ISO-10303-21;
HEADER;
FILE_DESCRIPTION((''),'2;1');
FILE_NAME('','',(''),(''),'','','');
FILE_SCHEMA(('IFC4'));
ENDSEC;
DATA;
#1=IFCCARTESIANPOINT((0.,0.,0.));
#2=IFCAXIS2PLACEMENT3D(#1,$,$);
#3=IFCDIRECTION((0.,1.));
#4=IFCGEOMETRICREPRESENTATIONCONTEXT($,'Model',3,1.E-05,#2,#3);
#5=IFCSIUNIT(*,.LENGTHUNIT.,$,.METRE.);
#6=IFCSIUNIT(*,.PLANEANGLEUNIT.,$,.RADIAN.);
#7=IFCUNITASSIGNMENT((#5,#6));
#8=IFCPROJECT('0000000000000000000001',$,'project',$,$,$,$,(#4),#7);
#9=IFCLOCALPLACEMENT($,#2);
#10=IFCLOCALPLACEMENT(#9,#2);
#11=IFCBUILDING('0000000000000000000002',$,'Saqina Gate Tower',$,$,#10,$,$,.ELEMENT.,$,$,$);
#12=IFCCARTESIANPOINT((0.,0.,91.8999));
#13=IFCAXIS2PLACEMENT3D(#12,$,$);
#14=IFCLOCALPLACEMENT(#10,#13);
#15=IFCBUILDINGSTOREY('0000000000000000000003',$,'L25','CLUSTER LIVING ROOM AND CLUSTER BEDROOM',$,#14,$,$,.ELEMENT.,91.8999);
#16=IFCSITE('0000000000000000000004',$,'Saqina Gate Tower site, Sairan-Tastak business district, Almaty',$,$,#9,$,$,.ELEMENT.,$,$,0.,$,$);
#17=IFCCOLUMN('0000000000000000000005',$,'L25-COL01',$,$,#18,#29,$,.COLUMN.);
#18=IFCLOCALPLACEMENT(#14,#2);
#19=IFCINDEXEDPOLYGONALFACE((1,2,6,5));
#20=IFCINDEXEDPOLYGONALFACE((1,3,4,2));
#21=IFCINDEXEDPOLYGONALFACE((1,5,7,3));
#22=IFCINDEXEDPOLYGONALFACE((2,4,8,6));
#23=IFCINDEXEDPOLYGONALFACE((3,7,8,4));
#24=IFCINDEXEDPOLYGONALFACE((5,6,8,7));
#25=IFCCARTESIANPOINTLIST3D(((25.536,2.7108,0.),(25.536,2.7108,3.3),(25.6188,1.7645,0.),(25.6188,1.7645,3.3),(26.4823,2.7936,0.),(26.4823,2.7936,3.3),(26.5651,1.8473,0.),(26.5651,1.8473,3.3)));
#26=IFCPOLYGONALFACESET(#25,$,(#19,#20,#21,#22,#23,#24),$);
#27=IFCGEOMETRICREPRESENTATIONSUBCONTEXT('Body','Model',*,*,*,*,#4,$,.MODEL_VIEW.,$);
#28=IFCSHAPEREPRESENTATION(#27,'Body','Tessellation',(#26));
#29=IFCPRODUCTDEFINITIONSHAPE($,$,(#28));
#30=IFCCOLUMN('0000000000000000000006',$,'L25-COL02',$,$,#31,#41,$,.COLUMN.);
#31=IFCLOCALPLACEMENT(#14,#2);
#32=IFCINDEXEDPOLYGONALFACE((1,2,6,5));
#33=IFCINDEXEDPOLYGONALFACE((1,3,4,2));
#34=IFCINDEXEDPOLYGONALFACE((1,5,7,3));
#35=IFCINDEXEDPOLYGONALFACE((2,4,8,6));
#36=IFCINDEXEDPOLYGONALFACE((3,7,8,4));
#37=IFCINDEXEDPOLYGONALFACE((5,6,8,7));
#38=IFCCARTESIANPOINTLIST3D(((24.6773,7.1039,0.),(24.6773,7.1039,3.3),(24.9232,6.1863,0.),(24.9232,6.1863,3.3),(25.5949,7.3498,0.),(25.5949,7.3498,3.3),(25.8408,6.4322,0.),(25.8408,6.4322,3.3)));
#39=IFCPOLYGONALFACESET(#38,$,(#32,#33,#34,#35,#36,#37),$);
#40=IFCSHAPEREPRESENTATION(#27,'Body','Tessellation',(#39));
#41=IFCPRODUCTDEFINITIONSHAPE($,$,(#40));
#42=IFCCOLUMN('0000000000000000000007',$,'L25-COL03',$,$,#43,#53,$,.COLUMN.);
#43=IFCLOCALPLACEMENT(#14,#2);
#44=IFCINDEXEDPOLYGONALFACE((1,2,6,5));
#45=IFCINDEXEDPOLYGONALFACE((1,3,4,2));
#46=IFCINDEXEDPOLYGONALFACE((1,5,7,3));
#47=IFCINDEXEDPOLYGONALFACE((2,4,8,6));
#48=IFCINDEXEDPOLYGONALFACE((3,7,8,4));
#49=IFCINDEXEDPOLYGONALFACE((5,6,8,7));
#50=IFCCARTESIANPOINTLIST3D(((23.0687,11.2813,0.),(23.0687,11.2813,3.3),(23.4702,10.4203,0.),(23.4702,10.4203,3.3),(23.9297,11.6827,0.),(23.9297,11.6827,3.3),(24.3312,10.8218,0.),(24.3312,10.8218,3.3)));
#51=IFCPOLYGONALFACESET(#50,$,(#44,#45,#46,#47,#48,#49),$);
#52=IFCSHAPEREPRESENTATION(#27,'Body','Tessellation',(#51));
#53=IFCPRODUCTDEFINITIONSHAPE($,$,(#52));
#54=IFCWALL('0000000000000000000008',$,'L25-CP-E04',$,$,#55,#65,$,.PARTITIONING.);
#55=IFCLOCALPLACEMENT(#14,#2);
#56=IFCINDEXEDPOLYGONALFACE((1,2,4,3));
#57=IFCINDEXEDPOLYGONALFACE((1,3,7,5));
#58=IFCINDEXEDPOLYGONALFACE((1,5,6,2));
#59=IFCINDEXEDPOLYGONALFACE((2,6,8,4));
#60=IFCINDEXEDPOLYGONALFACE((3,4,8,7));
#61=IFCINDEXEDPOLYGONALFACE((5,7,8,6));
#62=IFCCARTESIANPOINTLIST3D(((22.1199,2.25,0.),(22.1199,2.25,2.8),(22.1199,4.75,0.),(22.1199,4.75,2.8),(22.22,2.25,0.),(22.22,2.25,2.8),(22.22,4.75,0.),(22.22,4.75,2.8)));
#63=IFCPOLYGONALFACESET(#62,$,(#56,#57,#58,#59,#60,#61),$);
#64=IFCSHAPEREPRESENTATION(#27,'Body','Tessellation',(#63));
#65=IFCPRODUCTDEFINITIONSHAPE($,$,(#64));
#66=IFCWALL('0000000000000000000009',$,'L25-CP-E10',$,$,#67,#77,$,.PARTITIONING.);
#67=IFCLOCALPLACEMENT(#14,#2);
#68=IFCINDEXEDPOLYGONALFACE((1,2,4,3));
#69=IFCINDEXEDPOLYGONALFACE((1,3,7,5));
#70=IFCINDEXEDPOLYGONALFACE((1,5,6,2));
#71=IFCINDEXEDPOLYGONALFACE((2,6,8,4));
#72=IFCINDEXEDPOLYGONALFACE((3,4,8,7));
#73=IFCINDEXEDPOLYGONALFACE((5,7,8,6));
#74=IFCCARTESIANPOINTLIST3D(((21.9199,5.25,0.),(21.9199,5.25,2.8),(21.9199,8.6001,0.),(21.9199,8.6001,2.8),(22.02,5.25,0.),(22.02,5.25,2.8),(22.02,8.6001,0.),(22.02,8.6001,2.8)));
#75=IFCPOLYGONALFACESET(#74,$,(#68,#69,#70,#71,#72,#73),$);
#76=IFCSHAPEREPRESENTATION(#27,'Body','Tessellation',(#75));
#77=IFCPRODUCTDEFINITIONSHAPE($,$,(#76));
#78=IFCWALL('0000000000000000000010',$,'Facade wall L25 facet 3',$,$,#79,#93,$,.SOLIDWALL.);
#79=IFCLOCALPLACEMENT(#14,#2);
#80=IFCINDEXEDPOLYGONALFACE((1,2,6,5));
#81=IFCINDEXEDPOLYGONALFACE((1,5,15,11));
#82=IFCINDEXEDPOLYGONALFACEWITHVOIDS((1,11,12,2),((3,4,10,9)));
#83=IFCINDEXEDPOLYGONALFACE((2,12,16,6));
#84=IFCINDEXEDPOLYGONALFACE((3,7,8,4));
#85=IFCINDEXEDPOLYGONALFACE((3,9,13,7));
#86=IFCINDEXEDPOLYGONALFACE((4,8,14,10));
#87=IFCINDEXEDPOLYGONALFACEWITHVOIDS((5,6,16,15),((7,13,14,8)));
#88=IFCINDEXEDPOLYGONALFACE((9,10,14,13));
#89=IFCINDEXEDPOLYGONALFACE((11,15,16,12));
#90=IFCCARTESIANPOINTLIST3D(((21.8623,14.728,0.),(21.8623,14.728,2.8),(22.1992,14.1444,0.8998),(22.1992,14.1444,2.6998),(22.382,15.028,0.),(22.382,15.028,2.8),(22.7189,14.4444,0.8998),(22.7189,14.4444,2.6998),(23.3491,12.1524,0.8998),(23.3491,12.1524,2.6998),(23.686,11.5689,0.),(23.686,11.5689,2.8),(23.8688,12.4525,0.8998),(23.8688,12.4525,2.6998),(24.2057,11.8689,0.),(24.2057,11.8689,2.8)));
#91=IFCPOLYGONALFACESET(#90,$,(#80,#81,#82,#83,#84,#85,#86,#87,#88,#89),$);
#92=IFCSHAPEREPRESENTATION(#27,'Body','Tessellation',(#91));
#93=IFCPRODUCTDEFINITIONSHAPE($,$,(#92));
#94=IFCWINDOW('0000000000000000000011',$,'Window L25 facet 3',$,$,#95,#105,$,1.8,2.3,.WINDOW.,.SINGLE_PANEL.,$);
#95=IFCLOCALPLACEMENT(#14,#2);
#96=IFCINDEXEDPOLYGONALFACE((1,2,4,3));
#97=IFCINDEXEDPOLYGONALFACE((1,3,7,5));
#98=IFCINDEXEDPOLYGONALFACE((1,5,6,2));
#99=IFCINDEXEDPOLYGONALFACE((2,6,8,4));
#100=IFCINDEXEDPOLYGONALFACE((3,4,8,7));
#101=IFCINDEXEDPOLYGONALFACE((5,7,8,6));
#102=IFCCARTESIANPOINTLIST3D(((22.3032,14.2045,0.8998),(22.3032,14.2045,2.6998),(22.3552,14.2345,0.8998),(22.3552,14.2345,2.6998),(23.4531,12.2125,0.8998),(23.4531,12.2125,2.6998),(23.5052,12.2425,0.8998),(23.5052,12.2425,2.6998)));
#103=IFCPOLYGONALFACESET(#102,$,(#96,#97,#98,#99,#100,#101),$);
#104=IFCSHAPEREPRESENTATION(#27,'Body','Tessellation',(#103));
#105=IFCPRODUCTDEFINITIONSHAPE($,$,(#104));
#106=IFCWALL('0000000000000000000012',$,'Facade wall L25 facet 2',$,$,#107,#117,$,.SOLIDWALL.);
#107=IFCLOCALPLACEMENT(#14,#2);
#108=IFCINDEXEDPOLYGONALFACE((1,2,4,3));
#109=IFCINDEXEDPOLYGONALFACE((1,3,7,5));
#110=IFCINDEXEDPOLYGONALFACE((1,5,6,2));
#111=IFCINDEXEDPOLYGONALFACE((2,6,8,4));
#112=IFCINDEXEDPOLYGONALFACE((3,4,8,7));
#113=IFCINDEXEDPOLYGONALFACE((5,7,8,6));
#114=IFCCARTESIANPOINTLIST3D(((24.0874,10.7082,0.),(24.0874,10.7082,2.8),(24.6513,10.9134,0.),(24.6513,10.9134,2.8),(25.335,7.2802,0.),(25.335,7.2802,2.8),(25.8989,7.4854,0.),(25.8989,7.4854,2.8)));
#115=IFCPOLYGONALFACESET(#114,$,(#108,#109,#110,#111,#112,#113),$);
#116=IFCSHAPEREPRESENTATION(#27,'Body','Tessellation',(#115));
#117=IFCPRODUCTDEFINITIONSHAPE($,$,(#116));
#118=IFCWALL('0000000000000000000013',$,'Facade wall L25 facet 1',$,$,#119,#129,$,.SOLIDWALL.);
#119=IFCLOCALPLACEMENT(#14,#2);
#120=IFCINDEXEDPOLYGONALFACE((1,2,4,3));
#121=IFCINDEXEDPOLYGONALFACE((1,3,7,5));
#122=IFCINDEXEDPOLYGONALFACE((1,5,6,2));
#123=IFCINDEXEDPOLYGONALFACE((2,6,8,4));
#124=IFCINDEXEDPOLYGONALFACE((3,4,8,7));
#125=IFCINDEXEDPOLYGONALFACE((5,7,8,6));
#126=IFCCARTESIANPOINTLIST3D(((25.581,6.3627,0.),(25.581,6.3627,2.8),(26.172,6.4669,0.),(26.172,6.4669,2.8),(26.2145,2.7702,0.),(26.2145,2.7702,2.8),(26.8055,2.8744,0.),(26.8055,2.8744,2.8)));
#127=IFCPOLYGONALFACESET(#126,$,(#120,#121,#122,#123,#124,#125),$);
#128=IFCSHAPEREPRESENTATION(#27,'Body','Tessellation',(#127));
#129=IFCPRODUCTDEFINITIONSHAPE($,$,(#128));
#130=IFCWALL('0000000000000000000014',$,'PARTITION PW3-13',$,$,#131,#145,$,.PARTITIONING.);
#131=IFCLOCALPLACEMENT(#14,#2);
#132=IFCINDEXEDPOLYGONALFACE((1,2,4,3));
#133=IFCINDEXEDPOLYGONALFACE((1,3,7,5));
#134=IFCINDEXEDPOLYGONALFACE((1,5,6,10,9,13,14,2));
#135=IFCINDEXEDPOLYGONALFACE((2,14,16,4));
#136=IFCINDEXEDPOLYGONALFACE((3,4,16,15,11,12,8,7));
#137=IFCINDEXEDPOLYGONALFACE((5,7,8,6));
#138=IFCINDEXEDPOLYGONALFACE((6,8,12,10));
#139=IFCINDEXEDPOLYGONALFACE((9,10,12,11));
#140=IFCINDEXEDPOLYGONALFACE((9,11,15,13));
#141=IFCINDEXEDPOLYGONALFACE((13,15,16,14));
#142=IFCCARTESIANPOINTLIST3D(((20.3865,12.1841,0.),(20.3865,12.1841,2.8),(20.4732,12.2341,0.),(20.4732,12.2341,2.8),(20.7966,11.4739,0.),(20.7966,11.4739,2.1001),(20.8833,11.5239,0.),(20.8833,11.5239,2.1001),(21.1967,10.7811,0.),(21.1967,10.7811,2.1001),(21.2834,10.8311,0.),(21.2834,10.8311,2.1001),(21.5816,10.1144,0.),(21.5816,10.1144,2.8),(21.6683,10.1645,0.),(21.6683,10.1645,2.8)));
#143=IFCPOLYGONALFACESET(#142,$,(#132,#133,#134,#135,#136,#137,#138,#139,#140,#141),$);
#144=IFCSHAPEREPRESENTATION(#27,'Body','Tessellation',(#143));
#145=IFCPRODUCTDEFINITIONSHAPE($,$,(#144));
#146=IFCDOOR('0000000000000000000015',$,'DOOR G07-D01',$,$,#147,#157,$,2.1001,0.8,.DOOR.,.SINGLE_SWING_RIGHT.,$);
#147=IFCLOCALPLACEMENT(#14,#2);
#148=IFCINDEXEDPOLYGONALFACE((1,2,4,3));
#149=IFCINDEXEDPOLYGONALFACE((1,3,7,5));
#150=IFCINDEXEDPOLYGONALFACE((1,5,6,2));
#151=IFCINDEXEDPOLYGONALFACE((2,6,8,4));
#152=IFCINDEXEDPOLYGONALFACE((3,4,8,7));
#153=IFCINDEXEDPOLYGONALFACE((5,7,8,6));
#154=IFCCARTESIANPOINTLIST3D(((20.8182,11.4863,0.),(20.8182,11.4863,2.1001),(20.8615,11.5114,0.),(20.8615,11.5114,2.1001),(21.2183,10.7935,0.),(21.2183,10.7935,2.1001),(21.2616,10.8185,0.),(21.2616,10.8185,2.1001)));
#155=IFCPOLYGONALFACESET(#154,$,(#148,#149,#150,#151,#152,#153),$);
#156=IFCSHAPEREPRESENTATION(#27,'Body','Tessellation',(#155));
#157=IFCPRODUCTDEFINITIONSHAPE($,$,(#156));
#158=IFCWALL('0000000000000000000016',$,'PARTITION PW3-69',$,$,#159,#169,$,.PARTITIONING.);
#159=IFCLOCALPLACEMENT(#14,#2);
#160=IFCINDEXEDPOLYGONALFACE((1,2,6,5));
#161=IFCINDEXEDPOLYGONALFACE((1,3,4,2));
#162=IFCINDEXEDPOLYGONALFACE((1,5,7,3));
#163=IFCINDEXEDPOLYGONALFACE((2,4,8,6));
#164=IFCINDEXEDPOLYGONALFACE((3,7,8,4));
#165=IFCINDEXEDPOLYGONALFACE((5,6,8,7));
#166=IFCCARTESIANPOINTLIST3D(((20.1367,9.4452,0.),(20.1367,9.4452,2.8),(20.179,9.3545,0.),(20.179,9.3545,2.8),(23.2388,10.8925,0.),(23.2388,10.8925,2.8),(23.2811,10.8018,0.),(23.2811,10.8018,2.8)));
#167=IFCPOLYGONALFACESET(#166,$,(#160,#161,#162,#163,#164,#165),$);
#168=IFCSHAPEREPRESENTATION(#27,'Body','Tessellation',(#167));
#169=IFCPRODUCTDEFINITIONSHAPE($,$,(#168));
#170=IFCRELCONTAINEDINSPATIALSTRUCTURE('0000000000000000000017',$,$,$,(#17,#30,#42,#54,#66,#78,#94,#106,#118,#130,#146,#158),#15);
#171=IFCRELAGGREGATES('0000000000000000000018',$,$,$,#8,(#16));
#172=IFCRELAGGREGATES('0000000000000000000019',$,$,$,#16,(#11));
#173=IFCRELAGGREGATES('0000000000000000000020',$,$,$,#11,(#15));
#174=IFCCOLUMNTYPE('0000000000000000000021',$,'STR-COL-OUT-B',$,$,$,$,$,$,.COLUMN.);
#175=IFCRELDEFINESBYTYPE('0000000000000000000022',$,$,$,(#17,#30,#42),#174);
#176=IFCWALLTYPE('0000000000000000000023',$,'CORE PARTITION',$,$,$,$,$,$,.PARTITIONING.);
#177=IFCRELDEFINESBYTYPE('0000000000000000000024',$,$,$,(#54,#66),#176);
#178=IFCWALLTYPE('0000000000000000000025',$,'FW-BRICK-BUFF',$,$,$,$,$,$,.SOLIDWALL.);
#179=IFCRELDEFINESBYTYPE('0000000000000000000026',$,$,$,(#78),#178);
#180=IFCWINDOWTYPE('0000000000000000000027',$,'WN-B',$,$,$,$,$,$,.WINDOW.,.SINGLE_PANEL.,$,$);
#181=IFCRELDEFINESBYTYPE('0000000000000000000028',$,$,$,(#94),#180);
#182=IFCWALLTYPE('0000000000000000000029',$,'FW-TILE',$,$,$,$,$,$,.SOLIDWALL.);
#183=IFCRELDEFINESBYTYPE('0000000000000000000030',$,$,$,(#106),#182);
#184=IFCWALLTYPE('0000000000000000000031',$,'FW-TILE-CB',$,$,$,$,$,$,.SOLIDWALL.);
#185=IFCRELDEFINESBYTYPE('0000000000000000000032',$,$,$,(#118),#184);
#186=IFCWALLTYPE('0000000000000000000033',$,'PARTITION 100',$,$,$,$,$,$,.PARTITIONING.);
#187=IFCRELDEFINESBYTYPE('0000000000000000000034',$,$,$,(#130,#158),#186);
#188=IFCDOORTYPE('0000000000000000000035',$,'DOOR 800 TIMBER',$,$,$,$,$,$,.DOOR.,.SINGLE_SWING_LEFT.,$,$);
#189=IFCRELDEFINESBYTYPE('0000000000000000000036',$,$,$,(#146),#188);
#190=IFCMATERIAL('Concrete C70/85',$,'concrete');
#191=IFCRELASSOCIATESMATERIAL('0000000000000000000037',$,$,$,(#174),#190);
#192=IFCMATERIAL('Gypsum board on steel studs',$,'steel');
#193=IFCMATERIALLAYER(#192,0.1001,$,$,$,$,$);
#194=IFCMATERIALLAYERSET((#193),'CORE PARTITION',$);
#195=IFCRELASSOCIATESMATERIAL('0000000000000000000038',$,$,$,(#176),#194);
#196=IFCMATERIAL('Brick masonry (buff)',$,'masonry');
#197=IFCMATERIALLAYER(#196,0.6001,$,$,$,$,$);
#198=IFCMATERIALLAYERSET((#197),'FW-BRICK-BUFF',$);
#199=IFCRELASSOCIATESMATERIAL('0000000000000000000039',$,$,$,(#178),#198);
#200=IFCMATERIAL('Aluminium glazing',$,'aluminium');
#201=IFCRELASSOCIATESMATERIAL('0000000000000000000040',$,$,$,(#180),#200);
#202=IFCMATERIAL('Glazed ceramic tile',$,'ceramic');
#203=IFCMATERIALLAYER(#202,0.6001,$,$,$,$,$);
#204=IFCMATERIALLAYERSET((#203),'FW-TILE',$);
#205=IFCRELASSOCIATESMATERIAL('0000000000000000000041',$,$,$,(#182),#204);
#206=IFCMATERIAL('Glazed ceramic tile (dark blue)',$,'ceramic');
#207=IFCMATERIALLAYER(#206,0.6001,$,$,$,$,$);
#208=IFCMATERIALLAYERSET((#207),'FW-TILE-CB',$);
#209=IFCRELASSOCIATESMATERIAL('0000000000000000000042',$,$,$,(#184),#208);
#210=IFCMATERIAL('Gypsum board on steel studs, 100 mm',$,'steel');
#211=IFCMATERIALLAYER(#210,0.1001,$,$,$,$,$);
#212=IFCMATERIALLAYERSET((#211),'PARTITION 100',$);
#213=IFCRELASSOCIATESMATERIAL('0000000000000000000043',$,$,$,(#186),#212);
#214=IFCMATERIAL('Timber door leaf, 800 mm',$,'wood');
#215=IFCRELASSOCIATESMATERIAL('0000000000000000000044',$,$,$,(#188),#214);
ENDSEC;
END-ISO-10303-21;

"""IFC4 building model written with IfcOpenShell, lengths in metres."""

from ifc_helpers import new_model, si_unit, direction, frame, frame_2d, origin, origin_2d, place, context, subcontext, project, spatial, rectangle, extrude, material, layer, layer_set, material_profile, profile_set, type_object, element, fill, save


model = new_model("IFC4")

# Units and contexts
model_context = context("Model", 3, precision=1e-05, world=origin(), true_north=direction((0.0, 1.0)))
body_context = subcontext(model_context, "Body", "Model", "MODEL_VIEW")
ifc_project = project(units=[si_unit("LENGTHUNIT", "METRE"), si_unit("PLANEANGLEUNIT", "RADIAN")], contexts=[model_context])

# Site, building, storey
site_placement = place(None, origin())
site = spatial("IfcSite", under=ifc_project, at=site_placement, Name="Saqina Gate Tower site, Sairan-Tastak business district, Almaty", CompositionType="ELEMENT", RefElevation=0.0)
building_placement = place(site_placement, origin())
building = spatial("IfcBuilding", under=site, at=building_placement, Name="Saqina Gate Tower", CompositionType="ELEMENT")
storey_placement = place(building_placement, frame((0.0, 0.0, 91.8999)))
storey = spatial("IfcBuildingStorey", under=building, at=storey_placement, Name="L25", Description="CLUSTER LIVING ROOM AND CLUSTER BEDROOM", CompositionType="ELEMENT", Elevation=91.8999)

# Columns
ifc_material_1 = material(Name="Concrete C70/85", Category="concrete")
ifc_material_profile = material_profile(ifc_material_1, rectangle(XDim=0.95, YDim=0.95, at=origin_2d()), Name="RC 950x950")
ifc_profile_set = profile_set([ifc_material_profile], Name="Concrete C70/85")
column_type = type_object("IfcColumnType", Name="STR-COL-OUT-B", PredefinedType="COLUMN", material=ifc_profile_set)
for number, where, z_axis, x_axis, name in (
    (1, (26.0505, 2.2791, 0.0), (0.0, 0.0, 1.0), (0.996195, 0.087156, 0.0), "L25-COL01"),
    (2, (25.259, 6.7681, 0.0), (0.0, 0.0, 1.0), (0.965926, 0.258819, 0.0), "L25-COL02"),
    (3, (23.7, 11.0515, 0.0), (0.0, 0.0, 1.0), (0.906308, 0.422618, 0.0), "L25-COL03"),
):
    element("IfcColumn", number, at=place(storey_placement, frame(where, z_axis=z_axis, x_axis=x_axis)), inside=storey, type_object=column_type, Name=name, PredefinedType="COLUMN", context=body_context, shape_type="SweptSolid", body=[
        extrude(rectangle(XDim=0.95, YDim=0.95, at=origin_2d()), origin(), (0.0, 0.0, 1.0), 3.3),
    ])

# Walls
ifc_material_2 = material(Name="Gypsum board on steel studs", Category="steel")
ifc_layer_1 = layer(ifc_material_2, 0.1001)
ifc_layer_set_1 = layer_set([ifc_layer_1], Name="CORE PARTITION")
wall_type_1 = type_object("IfcWallType", Name="CORE PARTITION", PredefinedType="PARTITIONING", material=ifc_layer_set_1)
wall_1_placement = place(storey_placement, frame((22.1699, 2.25, 0.0), z_axis=(0.0, 0.0, 1.0), x_axis=(0.0, 1.0, 0.0)))
element("IfcWall", 4, at=wall_1_placement, inside=storey, type_object=wall_type_1, Name="L25-CP-E04", PredefinedType="PARTITIONING", context=body_context, shape_type="SweptSolid", body=[
    extrude(rectangle(XDim=2.5, YDim=0.1001, at=frame_2d((1.25, 0.0))), origin(), (0.0, 0.0, 1.0), 2.8),
])
wall_2_placement = place(storey_placement, frame((21.97, 5.25, 0.0), z_axis=(0.0, 0.0, 1.0), x_axis=(0.0, 1.0, 0.0)))
element("IfcWall", 5, at=wall_2_placement, inside=storey, type_object=wall_type_1, Name="L25-CP-E10", PredefinedType="PARTITIONING", context=body_context, shape_type="SweptSolid", body=[
    extrude(rectangle(XDim=3.3501, YDim=0.1001, at=frame_2d((1.675, 0.0))), origin(), (0.0, 0.0, 1.0), 2.8),
])

# Wall, opening, window
ifc_material_3 = material(Name="Brick masonry (buff)", Category="masonry")
ifc_layer_2 = layer(ifc_material_3, 0.6001)
ifc_layer_set_2 = layer_set([ifc_layer_2], Name="FW-BRICK-BUFF")
wall_type_2 = type_object("IfcWallType", Name="FW-BRICK-BUFF", PredefinedType="SOLIDWALL", material=ifc_layer_set_2)
wall_3_placement = place(storey_placement, frame((23.9458, 11.719, 0.0), z_axis=(0.0, 0.0, 1.0), x_axis=(-0.499954, 0.866052, 0.0)))
wall_3 = element("IfcWall", 6, at=wall_3_placement, inside=storey, type_object=wall_type_2, Name="Facade wall L25 facet 3", PredefinedType="SOLIDWALL", context=body_context, shape_type="SweptSolid", body=[
    extrude(rectangle(XDim=3.6477, YDim=0.6001, at=frame_2d((1.8237, 0.0))), origin(), (0.0, 0.0, 1.0), 2.8),
])
opening_1_placement = place(wall_3_placement, frame((0.6738, 0.0, 0.8999)))
opening_1 = element("IfcOpeningElement", 7, at=opening_1_placement, cuts=wall_3, PredefinedType="OPENING", context=body_context, shape_type="SweptSolid", body=[
    extrude(rectangle(XDim=2.3, YDim=1.8, at=frame_2d((1.1499, 0.8999))), frame((0.0, 0.312, 0.0), z_axis=(0.0, -1.0, 0.0), x_axis=(1.0, 0.0, 0.0)), (0.0, 0.0, 1.0), 0.624),
])
ifc_material_4 = material(Name="Aluminium glazing", Category="aluminium")
window_type = type_object("IfcWindowType", Name="WN-B", PartitioningType="SINGLE_PANEL", PredefinedType="WINDOW", material=ifc_material_4)
window_placement = place(opening_1_placement, origin())
window = element("IfcWindow", 8, at=window_placement, inside=storey, type_object=window_type, Name="Window L25 facet 3", OverallHeight=1.8, OverallWidth=2.3, PartitioningType="SINGLE_PANEL", PredefinedType="WINDOW", context=body_context, shape_type="SweptSolid", body=[
    extrude(rectangle(XDim=2.3, YDim=1.8, at=frame_2d((1.1499, 0.8999))), frame((0.0, 0.1799, 0.0), z_axis=(0.0, -1.0, 0.0), x_axis=(1.0, 0.0, 0.0)), (0.0, 0.0, 1.0), 0.0601),
])
fill(opening_1, window)

# Walls
ifc_material_5 = material(Name="Glazed ceramic tile", Category="ceramic")
ifc_layer_3 = layer(ifc_material_5, 0.6001)
ifc_layer_set_3 = layer_set([ifc_layer_3], Name="FW-TILE")
wall_type_3 = type_object("IfcWallType", Name="FW-TILE", PredefinedType="SOLIDWALL", material=ifc_layer_set_3)
wall_4_placement = place(storey_placement, frame((25.6169, 7.3828, 0.0), z_axis=(0.0, 0.0, 1.0), x_axis=(-0.34199, 0.939704, 0.0)))
element("IfcWall", 9, at=wall_4_placement, inside=storey, type_object=wall_type_3, Name="Facade wall L25 facet 2", PredefinedType="SOLIDWALL", context=body_context, shape_type="SweptSolid", body=[
    extrude(rectangle(XDim=3.6479, YDim=0.6001, at=frame_2d((1.824, 0.0))), origin(), (0.0, 0.0, 1.0), 2.8),
])
ifc_material_6 = material(Name="Glazed ceramic tile (dark blue)", Category="ceramic")
ifc_layer_4 = layer(ifc_material_6, 0.6001)
ifc_layer_set_4 = layer_set([ifc_layer_4], Name="FW-TILE-CB")
wall_type_4 = type_object("IfcWallType", Name="FW-TILE-CB", PredefinedType="SOLIDWALL", material=ifc_layer_set_4)
wall_5_placement = place(storey_placement, frame((26.51, 2.8223, 0.0), z_axis=(0.0, 0.0, 1.0), x_axis=(-0.173671, 0.984804, 0.0)))
element("IfcWall", 10, at=wall_5_placement, inside=storey, type_object=wall_type_4, Name="Facade wall L25 facet 1", PredefinedType="SOLIDWALL", context=body_context, shape_type="SweptSolid", body=[
    extrude(rectangle(XDim=3.6479, YDim=0.6001, at=frame_2d((1.824, 0.0))), origin(), (0.0, 0.0, 1.0), 2.8),
])

# Wall, opening, door
ifc_material_7 = material(Name="Gypsum board on steel studs, 100 mm", Category="steel")
ifc_layer_5 = layer(ifc_material_7, 0.1001)
ifc_layer_set_5 = layer_set([ifc_layer_5], Name="PARTITION 100")
wall_type_5 = type_object("IfcWallType", Name="PARTITION 100", PredefinedType="PARTITIONING", material=ifc_layer_set_5)
wall_6_placement = place(storey_placement, frame((20.4299, 12.209, 0.0), z_axis=(0.0, 0.0, 1.0), x_axis=(0.500061, -0.86599, 0.0)))
wall_6 = element("IfcWall", 11, at=wall_6_placement, inside=storey, type_object=wall_type_5, Name="PARTITION PW3-13", PredefinedType="PARTITIONING", context=body_context, shape_type="SweptSolid", body=[
    extrude(rectangle(XDim=2.3899, YDim=0.1001, at=frame_2d((1.1948, 0.0))), origin(), (0.0, 0.0, 1.0), 2.8),
])
opening_2_placement = place(wall_6_placement, frame((0.8201, 0.0, 0.0)))
opening_2 = element("IfcOpeningElement", 12, at=opening_2_placement, cuts=wall_6, PredefinedType="OPENING", context=body_context, shape_type="SweptSolid", body=[
    extrude(rectangle(XDim=0.8, YDim=2.1001, at=frame_2d((0.3999, 1.05))), frame((0.0, 0.062, 0.0), z_axis=(0.0, -1.0, 0.0), x_axis=(1.0, 0.0, 0.0)), (0.0, 0.0, 1.0), 0.124),
])
ifc_material_8 = material(Name="Timber door leaf, 800 mm", Category="wood")
door_type = type_object("IfcDoorType", Name="DOOR 800 TIMBER", OperationType="SINGLE_SWING_LEFT", PredefinedType="DOOR", material=ifc_material_8)
door_placement = place(opening_2_placement, origin())
door = element("IfcDoor", 13, at=door_placement, inside=storey, type_object=door_type, Name="DOOR G07-D01", OperationType="SINGLE_SWING_RIGHT", OverallHeight=2.1001, OverallWidth=0.8, PredefinedType="DOOR", context=body_context, shape_type="SweptSolid", body=[
    extrude(rectangle(XDim=0.8, YDim=2.1001, at=frame_2d((0.3999, 1.05))), frame((0.0, 0.0249, 0.0), z_axis=(0.0, -1.0, 0.0), x_axis=(1.0, 0.0, 0.0)), (0.0, 0.0, 1.0), 0.05),
])
fill(opening_2, door)

# Wall
wall_7_placement = place(storey_placement, frame((20.158, 9.3999, 0.0), z_axis=(0.0, 0.0, 1.0), x_axis=(0.906223, 0.4228, 0.0)))
element("IfcWall", 14, at=wall_7_placement, inside=storey, type_object=wall_type_5, Name="PARTITION PW3-69", PredefinedType="PARTITIONING", context=body_context, shape_type="SweptSolid", body=[
    extrude(rectangle(XDim=3.4231, YDim=0.1001, at=frame_2d((1.7114, 0.0))), origin(), (0.0, 0.0, 1.0), 2.8),
])

save(model, "model.ifc")
